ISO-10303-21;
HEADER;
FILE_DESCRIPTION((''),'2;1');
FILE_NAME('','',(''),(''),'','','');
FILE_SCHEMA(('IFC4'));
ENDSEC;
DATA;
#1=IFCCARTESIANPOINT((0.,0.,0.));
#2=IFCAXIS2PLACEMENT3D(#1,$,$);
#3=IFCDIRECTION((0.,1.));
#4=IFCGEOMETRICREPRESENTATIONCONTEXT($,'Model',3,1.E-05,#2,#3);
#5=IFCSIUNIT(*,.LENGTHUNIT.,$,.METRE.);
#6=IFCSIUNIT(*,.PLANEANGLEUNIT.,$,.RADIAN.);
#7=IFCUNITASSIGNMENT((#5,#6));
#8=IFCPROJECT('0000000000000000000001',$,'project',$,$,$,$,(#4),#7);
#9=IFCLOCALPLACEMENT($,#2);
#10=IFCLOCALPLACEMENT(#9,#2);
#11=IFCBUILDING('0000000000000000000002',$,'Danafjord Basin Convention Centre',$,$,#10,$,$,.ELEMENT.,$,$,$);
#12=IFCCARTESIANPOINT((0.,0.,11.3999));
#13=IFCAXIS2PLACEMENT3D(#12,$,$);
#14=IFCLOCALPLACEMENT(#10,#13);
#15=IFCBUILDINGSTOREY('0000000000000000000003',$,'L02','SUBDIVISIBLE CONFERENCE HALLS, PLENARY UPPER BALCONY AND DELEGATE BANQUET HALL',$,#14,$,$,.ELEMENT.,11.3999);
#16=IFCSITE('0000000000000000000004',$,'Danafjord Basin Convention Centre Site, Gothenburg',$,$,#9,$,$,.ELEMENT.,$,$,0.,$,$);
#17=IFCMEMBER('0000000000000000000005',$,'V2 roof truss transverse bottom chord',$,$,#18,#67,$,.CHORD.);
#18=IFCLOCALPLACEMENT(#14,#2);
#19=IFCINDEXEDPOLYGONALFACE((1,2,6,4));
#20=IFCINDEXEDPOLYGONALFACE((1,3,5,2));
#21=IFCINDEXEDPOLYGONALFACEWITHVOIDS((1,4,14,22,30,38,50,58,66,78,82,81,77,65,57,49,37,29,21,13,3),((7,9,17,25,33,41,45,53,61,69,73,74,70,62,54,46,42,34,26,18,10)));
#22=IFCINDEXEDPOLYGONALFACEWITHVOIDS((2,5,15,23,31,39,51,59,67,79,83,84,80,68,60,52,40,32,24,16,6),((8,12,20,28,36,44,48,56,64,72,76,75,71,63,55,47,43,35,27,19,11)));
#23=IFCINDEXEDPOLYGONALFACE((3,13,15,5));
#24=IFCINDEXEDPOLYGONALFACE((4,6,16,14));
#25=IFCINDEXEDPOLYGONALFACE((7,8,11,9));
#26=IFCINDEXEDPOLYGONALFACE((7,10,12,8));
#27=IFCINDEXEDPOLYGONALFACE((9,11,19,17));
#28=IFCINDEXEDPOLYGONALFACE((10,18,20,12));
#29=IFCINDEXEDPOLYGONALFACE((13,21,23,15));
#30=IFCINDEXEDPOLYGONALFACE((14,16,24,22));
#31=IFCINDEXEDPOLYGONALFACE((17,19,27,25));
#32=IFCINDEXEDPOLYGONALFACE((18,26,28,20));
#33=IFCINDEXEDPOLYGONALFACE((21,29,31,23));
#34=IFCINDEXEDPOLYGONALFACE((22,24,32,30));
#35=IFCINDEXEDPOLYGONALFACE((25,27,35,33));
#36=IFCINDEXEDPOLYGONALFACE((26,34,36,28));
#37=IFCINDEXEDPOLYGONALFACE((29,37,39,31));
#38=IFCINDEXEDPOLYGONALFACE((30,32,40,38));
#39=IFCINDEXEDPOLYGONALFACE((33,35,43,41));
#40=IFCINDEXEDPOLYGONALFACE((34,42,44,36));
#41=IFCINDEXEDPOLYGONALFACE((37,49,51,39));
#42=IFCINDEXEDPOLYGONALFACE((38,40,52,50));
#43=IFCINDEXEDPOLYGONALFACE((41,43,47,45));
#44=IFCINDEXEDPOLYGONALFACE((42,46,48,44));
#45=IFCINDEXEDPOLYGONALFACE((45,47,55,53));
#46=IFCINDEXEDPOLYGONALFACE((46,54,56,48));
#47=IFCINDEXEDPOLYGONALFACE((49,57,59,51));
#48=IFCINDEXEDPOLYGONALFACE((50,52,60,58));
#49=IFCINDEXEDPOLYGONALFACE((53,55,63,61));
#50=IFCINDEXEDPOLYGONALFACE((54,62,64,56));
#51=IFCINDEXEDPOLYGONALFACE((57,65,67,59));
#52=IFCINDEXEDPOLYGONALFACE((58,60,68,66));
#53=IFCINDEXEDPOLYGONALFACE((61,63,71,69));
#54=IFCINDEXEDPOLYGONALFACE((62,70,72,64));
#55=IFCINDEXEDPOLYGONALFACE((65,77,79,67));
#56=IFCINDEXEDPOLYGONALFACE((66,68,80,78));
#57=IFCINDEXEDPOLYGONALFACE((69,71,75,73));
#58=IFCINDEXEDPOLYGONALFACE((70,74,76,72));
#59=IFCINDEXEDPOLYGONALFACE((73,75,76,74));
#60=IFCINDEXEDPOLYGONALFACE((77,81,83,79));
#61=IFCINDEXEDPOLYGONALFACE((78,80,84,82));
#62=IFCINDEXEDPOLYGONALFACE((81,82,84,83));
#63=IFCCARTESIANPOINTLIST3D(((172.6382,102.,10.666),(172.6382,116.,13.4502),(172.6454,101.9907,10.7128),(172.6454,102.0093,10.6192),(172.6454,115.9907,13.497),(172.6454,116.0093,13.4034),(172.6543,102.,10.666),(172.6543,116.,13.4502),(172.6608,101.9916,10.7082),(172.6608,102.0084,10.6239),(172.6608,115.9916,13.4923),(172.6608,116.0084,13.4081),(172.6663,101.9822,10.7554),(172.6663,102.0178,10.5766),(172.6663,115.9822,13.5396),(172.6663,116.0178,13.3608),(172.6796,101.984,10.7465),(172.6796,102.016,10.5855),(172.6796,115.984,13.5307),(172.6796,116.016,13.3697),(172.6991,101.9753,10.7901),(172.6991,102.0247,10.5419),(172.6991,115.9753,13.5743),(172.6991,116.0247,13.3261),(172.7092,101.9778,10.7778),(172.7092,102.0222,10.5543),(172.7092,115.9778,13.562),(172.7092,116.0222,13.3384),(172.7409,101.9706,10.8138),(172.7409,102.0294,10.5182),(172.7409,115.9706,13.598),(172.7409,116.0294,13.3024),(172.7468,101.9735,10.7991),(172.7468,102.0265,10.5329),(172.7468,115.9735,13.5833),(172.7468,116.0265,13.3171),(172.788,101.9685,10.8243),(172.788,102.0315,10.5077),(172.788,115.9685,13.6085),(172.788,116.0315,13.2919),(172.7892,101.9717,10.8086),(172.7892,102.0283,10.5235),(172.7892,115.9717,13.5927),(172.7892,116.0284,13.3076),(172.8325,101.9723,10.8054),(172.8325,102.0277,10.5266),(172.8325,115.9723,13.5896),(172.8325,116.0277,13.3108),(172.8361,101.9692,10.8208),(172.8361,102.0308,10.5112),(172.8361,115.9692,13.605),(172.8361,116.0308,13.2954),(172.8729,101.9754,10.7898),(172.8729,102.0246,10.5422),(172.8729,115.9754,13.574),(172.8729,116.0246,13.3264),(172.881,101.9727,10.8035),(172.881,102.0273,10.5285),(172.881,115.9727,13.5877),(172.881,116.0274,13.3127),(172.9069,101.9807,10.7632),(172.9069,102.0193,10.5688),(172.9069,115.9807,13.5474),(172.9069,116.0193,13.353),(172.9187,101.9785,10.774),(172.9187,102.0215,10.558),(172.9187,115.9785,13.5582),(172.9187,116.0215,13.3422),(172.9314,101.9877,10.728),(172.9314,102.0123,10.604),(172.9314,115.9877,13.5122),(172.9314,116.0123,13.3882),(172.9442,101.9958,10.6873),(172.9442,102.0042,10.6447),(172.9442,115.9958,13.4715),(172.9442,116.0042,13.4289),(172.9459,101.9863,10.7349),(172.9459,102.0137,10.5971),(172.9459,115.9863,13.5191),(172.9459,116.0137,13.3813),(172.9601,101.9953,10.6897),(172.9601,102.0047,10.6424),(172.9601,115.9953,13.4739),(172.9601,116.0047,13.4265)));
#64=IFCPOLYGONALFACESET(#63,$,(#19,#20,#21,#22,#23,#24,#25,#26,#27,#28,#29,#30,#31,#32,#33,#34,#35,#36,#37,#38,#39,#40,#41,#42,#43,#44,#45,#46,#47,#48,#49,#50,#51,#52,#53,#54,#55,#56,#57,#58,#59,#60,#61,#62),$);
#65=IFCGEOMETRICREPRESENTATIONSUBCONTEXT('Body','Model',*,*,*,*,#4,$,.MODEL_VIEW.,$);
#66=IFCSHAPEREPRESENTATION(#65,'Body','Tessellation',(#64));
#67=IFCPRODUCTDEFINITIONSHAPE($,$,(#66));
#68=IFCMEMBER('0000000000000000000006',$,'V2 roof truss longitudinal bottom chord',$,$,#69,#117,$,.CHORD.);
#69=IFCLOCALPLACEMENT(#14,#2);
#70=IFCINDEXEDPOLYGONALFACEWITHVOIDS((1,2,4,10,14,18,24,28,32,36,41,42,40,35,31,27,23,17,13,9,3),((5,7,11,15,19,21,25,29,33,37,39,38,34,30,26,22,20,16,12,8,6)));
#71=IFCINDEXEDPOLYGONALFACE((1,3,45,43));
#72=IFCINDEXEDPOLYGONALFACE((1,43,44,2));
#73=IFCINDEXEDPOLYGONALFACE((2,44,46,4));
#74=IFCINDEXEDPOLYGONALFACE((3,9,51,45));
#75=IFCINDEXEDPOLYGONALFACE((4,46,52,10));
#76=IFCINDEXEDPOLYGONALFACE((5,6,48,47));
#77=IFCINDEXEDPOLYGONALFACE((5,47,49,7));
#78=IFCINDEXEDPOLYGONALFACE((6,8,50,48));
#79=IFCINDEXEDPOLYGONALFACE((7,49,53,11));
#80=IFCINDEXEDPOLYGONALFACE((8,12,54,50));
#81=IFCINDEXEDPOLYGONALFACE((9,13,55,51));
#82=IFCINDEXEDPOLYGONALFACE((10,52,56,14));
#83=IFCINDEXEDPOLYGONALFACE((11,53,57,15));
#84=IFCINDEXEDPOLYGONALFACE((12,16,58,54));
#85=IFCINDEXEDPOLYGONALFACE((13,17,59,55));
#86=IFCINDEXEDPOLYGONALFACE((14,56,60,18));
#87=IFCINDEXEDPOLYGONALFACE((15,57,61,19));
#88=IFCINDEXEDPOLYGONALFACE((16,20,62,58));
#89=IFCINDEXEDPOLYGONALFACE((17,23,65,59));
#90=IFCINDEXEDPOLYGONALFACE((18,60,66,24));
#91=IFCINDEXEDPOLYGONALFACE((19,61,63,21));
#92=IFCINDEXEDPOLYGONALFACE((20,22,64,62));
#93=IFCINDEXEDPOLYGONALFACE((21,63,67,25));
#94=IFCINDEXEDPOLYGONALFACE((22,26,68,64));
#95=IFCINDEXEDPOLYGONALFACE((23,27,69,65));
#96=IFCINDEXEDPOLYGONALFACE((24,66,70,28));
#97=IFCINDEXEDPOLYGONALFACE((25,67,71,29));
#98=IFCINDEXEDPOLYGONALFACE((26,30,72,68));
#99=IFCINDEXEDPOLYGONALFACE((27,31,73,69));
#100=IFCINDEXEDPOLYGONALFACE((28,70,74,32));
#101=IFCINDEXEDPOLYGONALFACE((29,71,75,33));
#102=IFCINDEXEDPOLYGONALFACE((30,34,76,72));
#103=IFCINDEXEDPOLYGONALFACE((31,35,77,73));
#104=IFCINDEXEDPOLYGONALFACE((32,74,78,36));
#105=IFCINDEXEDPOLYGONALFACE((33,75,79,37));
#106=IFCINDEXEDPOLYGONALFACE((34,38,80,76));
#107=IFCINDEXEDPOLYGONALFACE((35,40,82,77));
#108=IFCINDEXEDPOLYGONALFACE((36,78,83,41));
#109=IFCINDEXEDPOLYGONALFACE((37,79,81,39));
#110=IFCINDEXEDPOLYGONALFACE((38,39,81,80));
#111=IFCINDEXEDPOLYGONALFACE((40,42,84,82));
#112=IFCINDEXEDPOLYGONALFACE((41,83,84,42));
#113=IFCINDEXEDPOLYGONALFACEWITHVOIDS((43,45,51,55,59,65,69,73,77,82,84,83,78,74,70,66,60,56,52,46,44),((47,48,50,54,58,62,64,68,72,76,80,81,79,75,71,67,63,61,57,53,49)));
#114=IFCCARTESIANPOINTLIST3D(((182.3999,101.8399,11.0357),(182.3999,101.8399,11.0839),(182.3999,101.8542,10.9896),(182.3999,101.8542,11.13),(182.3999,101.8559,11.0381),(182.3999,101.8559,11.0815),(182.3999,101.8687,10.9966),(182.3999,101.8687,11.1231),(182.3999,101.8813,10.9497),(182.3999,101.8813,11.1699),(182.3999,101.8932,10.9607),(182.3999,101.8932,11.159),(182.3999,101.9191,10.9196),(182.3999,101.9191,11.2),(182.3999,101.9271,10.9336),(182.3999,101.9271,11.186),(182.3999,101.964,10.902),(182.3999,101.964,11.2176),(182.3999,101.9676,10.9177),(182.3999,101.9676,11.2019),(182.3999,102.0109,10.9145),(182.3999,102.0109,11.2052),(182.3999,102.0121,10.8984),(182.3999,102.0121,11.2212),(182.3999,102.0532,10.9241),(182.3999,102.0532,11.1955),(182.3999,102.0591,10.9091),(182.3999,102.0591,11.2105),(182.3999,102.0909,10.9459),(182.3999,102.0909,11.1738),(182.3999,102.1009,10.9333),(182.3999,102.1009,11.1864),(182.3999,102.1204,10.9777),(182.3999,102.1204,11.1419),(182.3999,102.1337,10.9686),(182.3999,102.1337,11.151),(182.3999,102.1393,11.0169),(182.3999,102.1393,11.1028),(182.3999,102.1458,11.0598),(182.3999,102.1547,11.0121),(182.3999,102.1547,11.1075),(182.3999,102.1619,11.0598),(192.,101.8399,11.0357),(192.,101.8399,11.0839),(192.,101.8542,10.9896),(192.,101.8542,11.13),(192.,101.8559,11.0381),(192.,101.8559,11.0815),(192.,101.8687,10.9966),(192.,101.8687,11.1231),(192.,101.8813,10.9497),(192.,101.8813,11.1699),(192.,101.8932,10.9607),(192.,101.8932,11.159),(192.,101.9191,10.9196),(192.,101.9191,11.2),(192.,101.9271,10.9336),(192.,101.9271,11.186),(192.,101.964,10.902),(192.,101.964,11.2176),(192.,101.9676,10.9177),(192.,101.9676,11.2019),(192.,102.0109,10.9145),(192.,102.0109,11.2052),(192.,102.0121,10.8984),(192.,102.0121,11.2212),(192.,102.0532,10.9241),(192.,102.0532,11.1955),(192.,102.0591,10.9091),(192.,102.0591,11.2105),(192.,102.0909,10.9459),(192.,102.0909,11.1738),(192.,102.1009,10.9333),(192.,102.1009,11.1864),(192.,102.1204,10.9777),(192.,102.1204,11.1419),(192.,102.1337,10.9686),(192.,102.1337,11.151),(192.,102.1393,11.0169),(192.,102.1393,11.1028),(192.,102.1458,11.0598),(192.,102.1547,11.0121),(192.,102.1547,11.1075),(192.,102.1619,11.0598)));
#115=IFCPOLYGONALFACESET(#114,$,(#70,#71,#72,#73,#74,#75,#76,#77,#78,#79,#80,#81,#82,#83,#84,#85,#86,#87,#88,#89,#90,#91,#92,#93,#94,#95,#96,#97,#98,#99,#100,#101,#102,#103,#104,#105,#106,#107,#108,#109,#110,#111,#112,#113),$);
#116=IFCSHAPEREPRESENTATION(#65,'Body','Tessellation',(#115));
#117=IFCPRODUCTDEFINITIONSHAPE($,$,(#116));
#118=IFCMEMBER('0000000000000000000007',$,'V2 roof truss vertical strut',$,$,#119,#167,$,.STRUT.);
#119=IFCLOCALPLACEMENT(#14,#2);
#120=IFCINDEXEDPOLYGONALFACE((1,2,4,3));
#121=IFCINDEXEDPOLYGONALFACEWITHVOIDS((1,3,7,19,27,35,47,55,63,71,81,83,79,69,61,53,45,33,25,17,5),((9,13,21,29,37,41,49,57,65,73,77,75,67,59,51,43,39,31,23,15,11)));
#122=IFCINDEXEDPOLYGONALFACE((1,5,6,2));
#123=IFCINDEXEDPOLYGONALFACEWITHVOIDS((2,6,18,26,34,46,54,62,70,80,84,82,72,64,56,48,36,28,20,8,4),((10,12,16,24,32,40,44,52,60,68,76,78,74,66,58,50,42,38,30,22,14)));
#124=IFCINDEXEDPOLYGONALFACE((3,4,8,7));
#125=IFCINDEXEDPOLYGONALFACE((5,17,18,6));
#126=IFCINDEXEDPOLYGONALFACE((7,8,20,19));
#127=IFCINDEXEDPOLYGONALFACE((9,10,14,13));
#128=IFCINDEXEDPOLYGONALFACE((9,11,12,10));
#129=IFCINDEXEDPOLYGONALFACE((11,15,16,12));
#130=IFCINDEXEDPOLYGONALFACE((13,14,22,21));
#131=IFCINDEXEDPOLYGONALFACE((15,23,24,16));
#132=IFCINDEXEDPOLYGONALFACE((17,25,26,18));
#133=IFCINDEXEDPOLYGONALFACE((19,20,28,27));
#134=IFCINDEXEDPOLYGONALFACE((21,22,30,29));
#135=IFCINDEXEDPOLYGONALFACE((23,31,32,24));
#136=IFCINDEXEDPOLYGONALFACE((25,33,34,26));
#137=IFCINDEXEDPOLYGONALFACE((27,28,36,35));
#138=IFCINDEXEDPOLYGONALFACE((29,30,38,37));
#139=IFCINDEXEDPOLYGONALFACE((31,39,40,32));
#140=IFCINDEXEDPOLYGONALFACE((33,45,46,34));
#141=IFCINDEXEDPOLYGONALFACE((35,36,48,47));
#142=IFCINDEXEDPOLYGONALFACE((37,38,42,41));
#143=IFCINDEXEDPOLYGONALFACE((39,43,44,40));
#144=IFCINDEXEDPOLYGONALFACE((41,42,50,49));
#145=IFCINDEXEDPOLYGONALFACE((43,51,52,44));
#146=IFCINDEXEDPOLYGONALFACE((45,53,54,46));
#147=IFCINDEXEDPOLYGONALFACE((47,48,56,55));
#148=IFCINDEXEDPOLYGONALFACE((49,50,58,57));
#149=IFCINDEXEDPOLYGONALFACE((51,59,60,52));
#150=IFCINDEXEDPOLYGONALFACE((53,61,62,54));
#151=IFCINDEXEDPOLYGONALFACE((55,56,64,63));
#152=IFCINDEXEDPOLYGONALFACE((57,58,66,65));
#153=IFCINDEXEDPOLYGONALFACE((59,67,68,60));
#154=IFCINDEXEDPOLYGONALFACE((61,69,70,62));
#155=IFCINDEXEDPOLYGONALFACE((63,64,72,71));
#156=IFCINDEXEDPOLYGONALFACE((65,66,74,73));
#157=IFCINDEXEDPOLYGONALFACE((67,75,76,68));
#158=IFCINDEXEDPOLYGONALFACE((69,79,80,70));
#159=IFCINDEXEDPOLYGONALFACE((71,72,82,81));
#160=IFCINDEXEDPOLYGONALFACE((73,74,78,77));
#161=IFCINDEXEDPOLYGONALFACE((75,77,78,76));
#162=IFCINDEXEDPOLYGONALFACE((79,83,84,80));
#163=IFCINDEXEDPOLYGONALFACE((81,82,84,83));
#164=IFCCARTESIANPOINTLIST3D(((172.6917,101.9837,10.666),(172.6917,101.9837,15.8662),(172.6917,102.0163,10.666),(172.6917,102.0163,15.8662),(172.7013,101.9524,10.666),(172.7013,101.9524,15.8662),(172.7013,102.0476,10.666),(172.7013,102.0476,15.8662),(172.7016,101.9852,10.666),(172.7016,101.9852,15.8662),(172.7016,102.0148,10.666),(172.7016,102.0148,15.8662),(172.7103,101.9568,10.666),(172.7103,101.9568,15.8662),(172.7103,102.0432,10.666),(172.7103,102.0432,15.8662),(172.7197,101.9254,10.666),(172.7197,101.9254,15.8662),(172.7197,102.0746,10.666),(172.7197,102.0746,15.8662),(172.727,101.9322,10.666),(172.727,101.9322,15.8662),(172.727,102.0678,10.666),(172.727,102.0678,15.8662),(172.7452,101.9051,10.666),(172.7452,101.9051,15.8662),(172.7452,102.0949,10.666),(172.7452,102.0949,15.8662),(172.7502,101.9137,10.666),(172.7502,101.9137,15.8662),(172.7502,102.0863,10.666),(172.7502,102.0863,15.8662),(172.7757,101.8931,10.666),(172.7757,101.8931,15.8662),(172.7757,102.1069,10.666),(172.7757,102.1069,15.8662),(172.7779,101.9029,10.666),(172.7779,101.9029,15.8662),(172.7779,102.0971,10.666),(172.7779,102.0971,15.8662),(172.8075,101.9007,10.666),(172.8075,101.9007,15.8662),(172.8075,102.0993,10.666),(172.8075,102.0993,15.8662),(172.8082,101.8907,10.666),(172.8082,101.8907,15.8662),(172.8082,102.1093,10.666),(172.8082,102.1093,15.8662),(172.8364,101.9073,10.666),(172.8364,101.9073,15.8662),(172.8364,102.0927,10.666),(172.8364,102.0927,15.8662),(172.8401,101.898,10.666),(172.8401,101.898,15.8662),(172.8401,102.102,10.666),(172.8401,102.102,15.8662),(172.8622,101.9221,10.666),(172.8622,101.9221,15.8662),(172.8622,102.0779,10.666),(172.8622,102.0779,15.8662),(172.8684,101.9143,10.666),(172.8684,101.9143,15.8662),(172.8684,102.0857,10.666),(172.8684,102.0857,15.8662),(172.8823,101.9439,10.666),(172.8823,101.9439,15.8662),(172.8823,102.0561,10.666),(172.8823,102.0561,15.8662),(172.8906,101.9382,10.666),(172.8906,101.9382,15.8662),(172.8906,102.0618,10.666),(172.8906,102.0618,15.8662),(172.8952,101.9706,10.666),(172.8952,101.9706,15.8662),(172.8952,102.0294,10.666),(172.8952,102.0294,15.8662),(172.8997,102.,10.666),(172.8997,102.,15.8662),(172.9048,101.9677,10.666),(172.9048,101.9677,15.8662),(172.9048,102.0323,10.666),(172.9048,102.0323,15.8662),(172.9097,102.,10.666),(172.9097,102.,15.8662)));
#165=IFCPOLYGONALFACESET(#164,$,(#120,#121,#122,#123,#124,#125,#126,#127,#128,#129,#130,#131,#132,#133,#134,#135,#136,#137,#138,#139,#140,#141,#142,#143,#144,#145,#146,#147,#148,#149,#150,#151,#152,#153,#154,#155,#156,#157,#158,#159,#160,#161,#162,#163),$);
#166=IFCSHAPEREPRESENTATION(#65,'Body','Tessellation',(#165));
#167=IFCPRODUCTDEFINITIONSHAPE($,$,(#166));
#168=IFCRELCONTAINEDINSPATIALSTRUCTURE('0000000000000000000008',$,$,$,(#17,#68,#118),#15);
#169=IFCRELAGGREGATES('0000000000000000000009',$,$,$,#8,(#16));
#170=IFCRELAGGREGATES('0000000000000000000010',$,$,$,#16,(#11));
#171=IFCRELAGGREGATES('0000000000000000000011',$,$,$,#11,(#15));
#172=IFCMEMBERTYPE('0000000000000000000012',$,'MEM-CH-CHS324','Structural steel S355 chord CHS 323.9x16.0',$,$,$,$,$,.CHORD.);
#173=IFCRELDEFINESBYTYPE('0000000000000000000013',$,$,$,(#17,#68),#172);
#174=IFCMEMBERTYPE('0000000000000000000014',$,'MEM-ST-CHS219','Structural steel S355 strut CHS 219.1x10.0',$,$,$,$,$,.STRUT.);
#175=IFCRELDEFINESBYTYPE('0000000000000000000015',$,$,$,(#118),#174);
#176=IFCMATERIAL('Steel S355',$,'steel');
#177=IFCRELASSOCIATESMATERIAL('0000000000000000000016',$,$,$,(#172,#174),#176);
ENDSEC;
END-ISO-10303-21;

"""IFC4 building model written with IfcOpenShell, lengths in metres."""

from ifc_helpers import new_model, si_unit, direction, frame, origin, origin_2d, place, context, subcontext, project, spatial, hollow_circle, extrude, material, material_profile, profile_set, type_object, element, save


model = new_model("IFC4")

# Units and contexts
model_context = context("Model", 3, precision=1e-05, world=origin(), true_north=direction((0.0, 1.0)))
body_context = subcontext(model_context, "Body", "Model", "MODEL_VIEW")
ifc_project = project(units=[si_unit("LENGTHUNIT", "METRE"), si_unit("PLANEANGLEUNIT", "RADIAN")], contexts=[model_context])

# Site, building, storey
site_placement = place(None, origin())
site = spatial("IfcSite", under=ifc_project, at=site_placement, Name="Danafjord Basin Convention Centre Site, Gothenburg", CompositionType="ELEMENT", RefElevation=0.0)
building_placement = place(site_placement, origin())
building = spatial("IfcBuilding", under=site, at=building_placement, Name="Danafjord Basin Convention Centre", CompositionType="ELEMENT")
storey_placement = place(building_placement, frame((0.0, 0.0, 11.3999)))
storey = spatial("IfcBuildingStorey", under=building, at=storey_placement, Name="L02", Description="SUBDIVISIBLE CONFERENCE HALLS, PLENARY UPPER BALCONY AND DELEGATE BANQUET HALL", CompositionType="ELEMENT", Elevation=11.3999)

# Shared definitions
ifc_material = material(Name="Steel S355", Category="steel")

# Members
ifc_material_profile_1 = material_profile(ifc_material, hollow_circle(Radius=0.1619, WallThickness=0.0161, at=origin_2d()), Name="CHS 323.9x16.0")
ifc_profile_set_1 = profile_set([ifc_material_profile_1], Name="Steel S355")
member_type_1 = type_object("IfcMemberType", Name="MEM-CH-CHS324", Description="Structural steel S355 chord CHS 323.9x16.0", PredefinedType="CHORD", material=ifc_profile_set_1)
member_1_placement = place(storey_placement, frame((172.8, 102.0, 10.666), z_axis=(0.0, 0.980793, 0.19505), x_axis=(-1.0, 0.0, 0.0)))
element("IfcMember", 1, at=member_1_placement, inside=storey, type_object=member_type_1, Name="V2 roof truss transverse bottom chord", PredefinedType="CHORD", context=body_context, shape_type="SweptSolid", body=[
    extrude(hollow_circle(Radius=0.1619, WallThickness=0.0161, at=origin_2d()), origin(), (0.0, 0.0, 1.0), 14.2742),
])
member_2_placement = place(storey_placement, frame((182.3999, 102.0, 11.0598), z_axis=(1.0, 0.0, 0.0), x_axis=(0.0, 1.0, 0.0)))
element("IfcMember", 2, at=member_2_placement, inside=storey, type_object=member_type_1, Name="V2 roof truss longitudinal bottom chord", PredefinedType="CHORD", context=body_context, shape_type="SweptSolid", body=[
    extrude(hollow_circle(Radius=0.1619, WallThickness=0.0161, at=origin_2d()), origin(), (0.0, 0.0, 1.0), 9.6001),
])
ifc_material_profile_2 = material_profile(ifc_material, hollow_circle(Radius=0.1096, WallThickness=0.01, at=origin_2d()), Name="CHS 219.1x10.0")
ifc_profile_set_2 = profile_set([ifc_material_profile_2], Name="Steel S355")
member_type_2 = type_object("IfcMemberType", Name="MEM-ST-CHS219", Description="Structural steel S355 strut CHS 219.1x10.0", PredefinedType="STRUT", material=ifc_profile_set_2)
member_3_placement = place(storey_placement, frame((172.8, 102.0, 10.666), z_axis=(0.0, 0.0, 1.0), x_axis=(1.0, 0.0, 0.0)))
element("IfcMember", 3, at=member_3_placement, inside=storey, type_object=member_type_2, Name="V2 roof truss vertical strut", PredefinedType="STRUT", context=body_context, shape_type="SweptSolid", body=[
    extrude(hollow_circle(Radius=0.1096, WallThickness=0.01, at=origin_2d()), origin(), (0.0, 0.0, 1.0), 5.2002),
])

save(model, "model.ifc")
